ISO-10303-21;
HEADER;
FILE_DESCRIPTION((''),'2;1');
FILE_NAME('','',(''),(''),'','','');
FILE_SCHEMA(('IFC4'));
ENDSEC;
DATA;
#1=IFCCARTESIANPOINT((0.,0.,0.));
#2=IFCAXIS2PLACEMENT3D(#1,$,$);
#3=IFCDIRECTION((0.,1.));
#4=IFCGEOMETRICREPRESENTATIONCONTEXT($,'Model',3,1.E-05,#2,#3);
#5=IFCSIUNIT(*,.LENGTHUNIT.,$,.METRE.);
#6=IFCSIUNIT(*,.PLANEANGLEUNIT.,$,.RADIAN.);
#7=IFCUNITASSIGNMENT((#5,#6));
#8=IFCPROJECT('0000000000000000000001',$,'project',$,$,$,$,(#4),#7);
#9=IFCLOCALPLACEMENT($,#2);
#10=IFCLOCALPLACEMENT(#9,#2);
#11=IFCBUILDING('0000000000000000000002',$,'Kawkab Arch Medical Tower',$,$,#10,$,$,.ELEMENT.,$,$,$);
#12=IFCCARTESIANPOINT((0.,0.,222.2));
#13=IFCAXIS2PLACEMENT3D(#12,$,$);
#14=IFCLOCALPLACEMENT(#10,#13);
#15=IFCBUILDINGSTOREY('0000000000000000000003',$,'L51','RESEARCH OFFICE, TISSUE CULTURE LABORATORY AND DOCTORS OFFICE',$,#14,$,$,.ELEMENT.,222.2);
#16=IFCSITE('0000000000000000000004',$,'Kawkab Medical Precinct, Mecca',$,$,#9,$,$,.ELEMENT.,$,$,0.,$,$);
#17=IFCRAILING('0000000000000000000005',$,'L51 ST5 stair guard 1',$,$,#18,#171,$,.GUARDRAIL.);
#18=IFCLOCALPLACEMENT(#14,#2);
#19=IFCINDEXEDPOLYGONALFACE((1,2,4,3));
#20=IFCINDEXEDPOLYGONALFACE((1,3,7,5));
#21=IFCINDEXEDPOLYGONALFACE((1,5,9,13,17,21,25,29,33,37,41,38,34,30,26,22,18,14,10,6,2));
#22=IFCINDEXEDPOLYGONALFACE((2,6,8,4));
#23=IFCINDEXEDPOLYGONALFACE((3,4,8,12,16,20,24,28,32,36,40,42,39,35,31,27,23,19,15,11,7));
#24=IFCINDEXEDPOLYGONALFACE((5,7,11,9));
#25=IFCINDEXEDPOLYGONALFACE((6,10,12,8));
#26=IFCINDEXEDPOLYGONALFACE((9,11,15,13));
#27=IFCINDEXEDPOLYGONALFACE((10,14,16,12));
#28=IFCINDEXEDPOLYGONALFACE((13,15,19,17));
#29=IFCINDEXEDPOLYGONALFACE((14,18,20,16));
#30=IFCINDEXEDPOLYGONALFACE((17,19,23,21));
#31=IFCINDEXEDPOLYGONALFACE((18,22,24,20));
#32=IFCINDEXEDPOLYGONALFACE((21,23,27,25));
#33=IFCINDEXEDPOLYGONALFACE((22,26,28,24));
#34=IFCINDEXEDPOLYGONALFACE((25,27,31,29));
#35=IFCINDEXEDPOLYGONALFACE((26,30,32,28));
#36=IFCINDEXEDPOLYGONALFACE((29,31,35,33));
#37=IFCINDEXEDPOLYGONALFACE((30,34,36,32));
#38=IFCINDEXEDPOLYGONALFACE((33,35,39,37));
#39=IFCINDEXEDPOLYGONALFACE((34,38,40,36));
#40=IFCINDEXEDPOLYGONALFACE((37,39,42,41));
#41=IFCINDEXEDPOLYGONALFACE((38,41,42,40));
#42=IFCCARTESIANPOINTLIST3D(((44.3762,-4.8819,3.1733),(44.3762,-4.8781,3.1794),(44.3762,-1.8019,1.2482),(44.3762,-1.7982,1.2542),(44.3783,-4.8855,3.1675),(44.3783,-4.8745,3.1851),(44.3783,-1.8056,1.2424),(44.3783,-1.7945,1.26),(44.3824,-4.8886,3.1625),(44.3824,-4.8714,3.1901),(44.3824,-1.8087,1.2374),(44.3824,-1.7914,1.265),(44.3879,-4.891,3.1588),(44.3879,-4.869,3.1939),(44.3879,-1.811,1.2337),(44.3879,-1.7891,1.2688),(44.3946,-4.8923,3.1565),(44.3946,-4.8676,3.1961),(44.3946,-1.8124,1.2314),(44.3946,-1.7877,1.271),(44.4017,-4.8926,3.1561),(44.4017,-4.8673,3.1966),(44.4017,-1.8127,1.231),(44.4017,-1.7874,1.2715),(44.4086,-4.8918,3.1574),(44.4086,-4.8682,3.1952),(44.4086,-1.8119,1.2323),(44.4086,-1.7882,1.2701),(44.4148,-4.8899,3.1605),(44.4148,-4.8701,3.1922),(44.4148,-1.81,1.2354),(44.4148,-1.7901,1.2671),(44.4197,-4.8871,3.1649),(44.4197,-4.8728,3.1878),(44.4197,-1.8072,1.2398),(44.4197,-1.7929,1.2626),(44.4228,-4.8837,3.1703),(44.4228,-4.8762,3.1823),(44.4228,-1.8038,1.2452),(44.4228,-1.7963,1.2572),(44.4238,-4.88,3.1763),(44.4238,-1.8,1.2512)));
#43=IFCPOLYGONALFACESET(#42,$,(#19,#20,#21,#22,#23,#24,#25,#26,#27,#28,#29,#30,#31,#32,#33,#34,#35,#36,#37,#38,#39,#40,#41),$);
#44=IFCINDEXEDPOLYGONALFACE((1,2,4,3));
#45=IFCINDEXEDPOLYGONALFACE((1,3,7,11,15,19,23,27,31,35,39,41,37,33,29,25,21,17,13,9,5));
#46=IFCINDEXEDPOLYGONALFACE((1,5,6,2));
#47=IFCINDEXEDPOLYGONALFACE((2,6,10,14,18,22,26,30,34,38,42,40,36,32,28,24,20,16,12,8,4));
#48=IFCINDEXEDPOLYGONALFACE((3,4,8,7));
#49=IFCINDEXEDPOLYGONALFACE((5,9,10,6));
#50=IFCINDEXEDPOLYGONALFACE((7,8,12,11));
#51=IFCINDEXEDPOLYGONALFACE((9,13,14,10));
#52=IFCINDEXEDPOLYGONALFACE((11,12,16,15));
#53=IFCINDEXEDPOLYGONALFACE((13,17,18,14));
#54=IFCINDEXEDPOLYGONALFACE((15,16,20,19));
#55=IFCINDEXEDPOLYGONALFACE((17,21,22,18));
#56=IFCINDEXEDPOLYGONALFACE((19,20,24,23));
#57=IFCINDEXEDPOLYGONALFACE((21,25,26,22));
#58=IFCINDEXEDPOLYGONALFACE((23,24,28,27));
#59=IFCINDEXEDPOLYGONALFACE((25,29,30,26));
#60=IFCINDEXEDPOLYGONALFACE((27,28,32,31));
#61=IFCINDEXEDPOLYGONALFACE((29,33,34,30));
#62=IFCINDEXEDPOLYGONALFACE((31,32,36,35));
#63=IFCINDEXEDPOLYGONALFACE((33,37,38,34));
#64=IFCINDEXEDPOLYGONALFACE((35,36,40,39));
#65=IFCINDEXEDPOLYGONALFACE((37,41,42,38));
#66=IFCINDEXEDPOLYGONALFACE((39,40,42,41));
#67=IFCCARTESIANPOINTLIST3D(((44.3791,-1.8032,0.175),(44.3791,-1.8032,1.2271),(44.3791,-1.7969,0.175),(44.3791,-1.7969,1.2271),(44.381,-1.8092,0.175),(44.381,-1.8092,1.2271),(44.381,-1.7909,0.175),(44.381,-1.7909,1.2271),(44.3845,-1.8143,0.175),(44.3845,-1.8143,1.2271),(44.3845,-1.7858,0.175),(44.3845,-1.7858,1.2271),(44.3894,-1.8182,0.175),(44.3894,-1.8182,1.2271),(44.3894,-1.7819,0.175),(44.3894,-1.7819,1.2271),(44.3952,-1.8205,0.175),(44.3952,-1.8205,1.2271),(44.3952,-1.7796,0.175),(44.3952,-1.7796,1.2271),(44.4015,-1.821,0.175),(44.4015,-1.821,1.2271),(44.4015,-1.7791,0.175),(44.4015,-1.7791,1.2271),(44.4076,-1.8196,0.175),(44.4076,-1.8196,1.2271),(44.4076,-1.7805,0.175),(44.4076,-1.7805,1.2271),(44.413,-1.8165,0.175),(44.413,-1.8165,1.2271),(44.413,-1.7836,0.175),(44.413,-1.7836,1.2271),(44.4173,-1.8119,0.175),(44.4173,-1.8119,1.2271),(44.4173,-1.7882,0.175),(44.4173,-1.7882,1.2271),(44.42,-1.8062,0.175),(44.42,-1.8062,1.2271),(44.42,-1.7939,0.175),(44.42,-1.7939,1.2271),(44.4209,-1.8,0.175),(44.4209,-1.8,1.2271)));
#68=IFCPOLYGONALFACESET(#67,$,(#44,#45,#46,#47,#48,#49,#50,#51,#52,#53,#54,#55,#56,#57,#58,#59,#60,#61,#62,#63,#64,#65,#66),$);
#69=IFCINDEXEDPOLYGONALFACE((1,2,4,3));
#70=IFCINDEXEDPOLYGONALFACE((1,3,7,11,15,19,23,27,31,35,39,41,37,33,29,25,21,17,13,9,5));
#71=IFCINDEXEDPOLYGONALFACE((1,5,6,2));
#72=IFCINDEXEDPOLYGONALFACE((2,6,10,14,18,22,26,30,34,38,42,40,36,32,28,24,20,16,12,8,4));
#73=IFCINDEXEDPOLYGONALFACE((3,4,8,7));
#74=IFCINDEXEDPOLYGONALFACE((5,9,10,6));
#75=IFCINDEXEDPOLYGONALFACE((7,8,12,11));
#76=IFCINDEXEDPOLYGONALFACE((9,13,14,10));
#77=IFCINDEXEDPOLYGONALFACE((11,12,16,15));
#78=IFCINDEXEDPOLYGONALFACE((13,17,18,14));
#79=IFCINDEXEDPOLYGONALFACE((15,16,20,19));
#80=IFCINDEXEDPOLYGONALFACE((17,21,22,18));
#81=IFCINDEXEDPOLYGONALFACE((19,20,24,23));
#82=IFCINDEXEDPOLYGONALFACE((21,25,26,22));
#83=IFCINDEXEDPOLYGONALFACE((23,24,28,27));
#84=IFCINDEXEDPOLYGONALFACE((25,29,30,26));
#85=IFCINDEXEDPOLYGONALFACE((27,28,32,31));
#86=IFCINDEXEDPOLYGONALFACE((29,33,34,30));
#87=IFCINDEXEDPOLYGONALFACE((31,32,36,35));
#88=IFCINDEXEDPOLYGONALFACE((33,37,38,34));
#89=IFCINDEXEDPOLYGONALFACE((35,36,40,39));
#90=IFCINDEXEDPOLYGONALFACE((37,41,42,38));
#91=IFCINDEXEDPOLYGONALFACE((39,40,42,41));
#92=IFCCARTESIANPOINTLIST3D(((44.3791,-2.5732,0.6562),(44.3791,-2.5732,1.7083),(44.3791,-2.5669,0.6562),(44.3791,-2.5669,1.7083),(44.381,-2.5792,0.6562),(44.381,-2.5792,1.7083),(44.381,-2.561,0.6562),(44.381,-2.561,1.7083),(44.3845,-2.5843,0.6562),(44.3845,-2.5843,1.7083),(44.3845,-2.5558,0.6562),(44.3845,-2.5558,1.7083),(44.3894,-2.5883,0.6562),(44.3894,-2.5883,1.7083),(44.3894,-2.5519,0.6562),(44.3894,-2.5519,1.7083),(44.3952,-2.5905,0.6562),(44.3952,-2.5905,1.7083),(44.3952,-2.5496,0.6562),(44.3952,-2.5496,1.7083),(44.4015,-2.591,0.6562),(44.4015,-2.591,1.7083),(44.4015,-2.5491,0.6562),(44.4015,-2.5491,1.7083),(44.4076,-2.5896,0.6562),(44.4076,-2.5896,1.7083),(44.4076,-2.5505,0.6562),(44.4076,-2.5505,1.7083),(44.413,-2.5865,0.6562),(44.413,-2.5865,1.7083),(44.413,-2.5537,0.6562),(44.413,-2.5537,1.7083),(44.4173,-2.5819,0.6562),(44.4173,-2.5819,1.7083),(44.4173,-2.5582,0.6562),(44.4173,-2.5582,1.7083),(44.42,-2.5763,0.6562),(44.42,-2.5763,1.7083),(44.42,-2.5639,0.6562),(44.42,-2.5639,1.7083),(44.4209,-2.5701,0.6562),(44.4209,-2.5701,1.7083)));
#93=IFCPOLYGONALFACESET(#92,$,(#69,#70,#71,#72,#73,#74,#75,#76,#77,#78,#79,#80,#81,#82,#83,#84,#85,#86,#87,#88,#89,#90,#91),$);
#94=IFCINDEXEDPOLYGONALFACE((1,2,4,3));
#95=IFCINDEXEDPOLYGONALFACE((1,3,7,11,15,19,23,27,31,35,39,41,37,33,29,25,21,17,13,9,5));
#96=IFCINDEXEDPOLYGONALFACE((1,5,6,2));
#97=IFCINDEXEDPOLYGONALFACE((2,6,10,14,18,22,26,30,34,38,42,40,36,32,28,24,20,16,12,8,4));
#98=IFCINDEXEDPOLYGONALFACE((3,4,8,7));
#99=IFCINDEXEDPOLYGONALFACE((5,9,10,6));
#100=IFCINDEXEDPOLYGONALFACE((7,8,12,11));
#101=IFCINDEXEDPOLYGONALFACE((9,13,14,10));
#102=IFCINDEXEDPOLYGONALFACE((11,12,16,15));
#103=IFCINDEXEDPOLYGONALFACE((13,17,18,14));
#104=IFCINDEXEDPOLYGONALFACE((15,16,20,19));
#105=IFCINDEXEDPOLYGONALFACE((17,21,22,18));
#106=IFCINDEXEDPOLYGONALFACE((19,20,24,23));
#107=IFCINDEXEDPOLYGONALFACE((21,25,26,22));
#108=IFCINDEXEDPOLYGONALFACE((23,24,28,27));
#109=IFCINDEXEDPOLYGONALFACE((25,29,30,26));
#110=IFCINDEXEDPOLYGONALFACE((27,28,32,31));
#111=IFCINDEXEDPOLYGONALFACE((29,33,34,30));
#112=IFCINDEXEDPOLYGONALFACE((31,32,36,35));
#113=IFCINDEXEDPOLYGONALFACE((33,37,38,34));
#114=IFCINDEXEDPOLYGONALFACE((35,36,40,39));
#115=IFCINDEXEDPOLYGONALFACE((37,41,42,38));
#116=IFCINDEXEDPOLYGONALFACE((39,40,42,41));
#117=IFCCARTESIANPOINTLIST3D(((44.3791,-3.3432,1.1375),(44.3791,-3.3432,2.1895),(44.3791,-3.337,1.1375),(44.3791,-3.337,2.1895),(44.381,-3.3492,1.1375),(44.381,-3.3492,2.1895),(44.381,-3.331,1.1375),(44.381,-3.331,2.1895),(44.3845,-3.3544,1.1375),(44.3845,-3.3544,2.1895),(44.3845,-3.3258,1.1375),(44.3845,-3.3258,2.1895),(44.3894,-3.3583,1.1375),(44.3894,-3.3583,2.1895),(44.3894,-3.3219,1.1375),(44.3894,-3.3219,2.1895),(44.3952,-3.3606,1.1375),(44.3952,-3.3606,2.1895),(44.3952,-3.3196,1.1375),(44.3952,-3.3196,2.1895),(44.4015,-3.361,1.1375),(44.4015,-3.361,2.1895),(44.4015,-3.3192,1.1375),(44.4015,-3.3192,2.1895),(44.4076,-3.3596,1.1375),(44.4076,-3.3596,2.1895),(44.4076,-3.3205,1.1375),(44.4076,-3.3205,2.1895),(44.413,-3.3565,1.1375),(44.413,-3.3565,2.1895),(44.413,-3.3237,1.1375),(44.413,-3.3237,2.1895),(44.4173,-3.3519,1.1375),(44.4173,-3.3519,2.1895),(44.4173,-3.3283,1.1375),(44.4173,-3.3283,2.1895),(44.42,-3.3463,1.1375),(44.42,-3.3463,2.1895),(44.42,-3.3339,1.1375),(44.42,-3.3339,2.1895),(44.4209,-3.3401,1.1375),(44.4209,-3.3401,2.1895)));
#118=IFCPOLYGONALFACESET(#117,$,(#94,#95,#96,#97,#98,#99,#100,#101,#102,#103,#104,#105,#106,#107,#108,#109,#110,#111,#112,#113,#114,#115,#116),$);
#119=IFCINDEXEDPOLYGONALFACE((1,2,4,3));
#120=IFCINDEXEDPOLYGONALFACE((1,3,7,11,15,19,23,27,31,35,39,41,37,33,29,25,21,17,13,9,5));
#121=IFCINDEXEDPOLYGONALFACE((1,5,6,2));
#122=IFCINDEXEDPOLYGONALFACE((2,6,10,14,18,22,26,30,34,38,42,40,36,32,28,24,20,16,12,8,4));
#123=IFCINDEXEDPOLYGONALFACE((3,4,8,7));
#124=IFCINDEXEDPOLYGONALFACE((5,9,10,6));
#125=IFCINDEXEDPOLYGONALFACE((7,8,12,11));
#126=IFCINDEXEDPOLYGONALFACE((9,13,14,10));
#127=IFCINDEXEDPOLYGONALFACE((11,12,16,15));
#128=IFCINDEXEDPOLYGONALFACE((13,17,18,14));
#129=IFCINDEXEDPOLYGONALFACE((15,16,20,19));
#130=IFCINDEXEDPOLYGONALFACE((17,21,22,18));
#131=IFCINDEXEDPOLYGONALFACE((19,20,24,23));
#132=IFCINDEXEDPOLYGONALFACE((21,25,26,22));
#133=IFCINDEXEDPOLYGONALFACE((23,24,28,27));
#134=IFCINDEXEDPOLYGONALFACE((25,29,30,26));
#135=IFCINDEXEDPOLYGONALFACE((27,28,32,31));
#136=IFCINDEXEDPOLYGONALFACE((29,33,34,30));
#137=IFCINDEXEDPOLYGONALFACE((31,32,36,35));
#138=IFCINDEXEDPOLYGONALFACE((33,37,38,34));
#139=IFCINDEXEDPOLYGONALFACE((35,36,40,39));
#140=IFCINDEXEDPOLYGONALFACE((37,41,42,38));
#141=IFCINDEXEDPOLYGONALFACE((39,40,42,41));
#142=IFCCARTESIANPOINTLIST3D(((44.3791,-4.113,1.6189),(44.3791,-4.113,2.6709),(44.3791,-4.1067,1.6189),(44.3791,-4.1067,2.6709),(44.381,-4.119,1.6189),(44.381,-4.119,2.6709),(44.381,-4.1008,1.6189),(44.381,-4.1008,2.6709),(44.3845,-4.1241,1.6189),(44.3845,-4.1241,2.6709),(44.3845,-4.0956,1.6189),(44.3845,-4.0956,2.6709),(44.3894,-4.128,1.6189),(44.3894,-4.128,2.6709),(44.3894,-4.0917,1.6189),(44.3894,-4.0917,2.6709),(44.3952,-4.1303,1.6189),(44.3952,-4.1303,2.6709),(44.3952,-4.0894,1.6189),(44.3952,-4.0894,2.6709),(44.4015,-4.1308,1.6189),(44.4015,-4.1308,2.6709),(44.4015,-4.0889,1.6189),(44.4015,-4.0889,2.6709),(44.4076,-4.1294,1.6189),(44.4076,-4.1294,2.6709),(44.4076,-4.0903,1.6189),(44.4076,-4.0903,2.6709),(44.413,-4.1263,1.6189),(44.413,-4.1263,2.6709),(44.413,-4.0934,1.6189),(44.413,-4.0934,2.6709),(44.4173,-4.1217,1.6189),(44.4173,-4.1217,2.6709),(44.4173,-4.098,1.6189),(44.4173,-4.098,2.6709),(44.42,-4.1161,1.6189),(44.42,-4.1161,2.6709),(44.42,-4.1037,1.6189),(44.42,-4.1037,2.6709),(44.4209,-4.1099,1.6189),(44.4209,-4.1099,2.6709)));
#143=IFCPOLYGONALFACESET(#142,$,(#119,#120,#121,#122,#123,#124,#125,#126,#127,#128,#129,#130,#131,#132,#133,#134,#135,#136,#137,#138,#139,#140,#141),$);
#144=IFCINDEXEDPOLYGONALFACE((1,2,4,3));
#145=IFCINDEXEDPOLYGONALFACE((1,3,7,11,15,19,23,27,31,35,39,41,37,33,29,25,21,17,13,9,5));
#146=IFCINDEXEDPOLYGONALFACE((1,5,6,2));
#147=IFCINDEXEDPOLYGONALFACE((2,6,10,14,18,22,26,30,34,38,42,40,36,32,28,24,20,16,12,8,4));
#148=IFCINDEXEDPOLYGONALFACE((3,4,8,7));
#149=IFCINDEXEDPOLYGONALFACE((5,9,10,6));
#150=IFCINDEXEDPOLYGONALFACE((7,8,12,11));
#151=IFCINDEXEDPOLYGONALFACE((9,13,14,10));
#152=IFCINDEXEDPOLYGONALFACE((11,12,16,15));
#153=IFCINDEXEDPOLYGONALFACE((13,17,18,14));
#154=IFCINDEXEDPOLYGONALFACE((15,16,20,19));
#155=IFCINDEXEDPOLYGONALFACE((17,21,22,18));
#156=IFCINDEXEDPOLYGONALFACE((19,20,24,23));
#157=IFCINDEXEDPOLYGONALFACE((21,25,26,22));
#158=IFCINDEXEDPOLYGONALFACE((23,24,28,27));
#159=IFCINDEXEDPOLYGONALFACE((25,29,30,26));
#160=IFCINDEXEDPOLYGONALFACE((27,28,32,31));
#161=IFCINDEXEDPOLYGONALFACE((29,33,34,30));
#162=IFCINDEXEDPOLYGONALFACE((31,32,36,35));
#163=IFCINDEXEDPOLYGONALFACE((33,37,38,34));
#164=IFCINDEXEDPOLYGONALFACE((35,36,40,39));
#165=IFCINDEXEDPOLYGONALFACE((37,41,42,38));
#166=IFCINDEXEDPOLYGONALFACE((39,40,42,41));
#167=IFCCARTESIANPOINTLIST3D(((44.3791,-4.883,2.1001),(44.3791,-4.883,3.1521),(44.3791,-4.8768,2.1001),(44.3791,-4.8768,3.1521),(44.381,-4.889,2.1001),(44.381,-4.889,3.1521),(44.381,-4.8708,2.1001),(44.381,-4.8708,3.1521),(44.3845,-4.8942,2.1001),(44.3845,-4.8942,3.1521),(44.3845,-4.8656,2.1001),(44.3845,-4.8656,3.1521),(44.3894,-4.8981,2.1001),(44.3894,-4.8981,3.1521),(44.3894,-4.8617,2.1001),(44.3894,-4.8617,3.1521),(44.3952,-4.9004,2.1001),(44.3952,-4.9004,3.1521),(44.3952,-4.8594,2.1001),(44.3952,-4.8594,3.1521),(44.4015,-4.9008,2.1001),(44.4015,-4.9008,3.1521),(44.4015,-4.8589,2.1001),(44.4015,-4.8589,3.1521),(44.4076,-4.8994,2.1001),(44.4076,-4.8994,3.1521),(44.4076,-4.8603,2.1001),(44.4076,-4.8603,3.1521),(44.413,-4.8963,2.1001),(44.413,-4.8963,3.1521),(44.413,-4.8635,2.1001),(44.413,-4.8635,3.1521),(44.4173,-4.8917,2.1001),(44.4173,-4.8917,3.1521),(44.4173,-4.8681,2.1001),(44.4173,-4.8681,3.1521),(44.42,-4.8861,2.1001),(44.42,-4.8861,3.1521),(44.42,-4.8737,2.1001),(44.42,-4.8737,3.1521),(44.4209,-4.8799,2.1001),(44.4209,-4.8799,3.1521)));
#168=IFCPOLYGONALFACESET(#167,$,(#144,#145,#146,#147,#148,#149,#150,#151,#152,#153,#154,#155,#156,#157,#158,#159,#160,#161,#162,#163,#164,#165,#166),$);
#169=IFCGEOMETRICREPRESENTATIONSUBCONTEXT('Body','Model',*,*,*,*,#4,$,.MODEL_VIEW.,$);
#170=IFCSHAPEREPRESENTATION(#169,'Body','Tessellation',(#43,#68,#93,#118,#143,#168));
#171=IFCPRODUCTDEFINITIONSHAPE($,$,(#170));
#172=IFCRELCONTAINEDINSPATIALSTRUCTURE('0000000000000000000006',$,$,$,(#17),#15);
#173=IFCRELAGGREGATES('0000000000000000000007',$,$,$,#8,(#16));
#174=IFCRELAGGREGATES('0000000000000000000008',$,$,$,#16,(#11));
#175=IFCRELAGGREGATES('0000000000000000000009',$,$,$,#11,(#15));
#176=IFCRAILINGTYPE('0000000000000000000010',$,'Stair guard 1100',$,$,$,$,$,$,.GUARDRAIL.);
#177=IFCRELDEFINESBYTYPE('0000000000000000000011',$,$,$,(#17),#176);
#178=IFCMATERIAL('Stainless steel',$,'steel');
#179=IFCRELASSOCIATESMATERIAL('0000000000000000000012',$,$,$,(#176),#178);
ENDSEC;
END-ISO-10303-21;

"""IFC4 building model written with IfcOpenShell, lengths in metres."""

from ifc_helpers import new_model, si_unit, direction, frame, origin, origin_2d, place, context, subcontext, project, spatial, circle, extrude, material, type_object, element, save


model = new_model("IFC4")

# Units and contexts
model_context = context("Model", 3, precision=1e-05, world=origin(), true_north=direction((0.0, 1.0)))
body_context = subcontext(model_context, "Body", "Model", "MODEL_VIEW")
ifc_project = project(units=[si_unit("LENGTHUNIT", "METRE"), si_unit("PLANEANGLEUNIT", "RADIAN")], contexts=[model_context])

# Site, building, storey
site_placement = place(None, origin())
site = spatial("IfcSite", under=ifc_project, at=site_placement, Name="Kawkab Medical Precinct, Mecca", CompositionType="ELEMENT", RefElevation=0.0)
building_placement = place(site_placement, origin())
building = spatial("IfcBuilding", under=site, at=building_placement, Name="Kawkab Arch Medical Tower", CompositionType="ELEMENT")
storey_placement = place(building_placement, frame((0.0, 0.0, 222.2)))
storey = spatial("IfcBuildingStorey", under=building, at=storey_placement, Name="L51", Description="RESEARCH OFFICE, TISSUE CULTURE LABORATORY AND DOCTORS OFFICE", CompositionType="ELEMENT", Elevation=222.2)

# Railing
ifc_material_1 = material(Name="Stainless steel", Category="steel")
railing_type_1 = type_object("IfcRailingType", Name="Stair guard 1100", PredefinedType="GUARDRAIL", material=ifc_material_1)
railing_1_placement = place(storey_placement, frame((44.3999, -1.8, 0.175)))
element("IfcRailing", 1, at=railing_1_placement, inside=storey, type_object=railing_type_1, Name="L51 ST5 stair guard 1", PredefinedType="GUARDRAIL", context=body_context, shape_type="SweptSolid", body=[
    extrude(circle(Radius=0.0239, at=origin_2d()), frame((0.0, 0.0, 1.0762), z_axis=(0.0, -0.847979, 0.530029), x_axis=(1.0, 0.0, 0.0)), (0.0, 0.0, 1.0), 3.6321),
    extrude(circle(Radius=0.021, at=origin_2d()), origin(), (0.0, 0.0, 1.0), 1.052),
    extrude(circle(Radius=0.021, at=origin_2d()), frame((0.0, -0.77, 0.4812)), (0.0, 0.0, 1.0), 1.052),
    extrude(circle(Radius=0.021, at=origin_2d()), frame((0.0, -1.54, 0.9624)), (0.0, 0.0, 1.0), 1.052),
    extrude(circle(Radius=0.021, at=origin_2d()), frame((0.0, -2.3098, 1.4438)), (0.0, 0.0, 1.0), 1.052),
    extrude(circle(Radius=0.021, at=origin_2d()), frame((0.0, -3.0798, 1.925)), (0.0, 0.0, 1.0), 1.052),
])

save(model, "model.ifc")
